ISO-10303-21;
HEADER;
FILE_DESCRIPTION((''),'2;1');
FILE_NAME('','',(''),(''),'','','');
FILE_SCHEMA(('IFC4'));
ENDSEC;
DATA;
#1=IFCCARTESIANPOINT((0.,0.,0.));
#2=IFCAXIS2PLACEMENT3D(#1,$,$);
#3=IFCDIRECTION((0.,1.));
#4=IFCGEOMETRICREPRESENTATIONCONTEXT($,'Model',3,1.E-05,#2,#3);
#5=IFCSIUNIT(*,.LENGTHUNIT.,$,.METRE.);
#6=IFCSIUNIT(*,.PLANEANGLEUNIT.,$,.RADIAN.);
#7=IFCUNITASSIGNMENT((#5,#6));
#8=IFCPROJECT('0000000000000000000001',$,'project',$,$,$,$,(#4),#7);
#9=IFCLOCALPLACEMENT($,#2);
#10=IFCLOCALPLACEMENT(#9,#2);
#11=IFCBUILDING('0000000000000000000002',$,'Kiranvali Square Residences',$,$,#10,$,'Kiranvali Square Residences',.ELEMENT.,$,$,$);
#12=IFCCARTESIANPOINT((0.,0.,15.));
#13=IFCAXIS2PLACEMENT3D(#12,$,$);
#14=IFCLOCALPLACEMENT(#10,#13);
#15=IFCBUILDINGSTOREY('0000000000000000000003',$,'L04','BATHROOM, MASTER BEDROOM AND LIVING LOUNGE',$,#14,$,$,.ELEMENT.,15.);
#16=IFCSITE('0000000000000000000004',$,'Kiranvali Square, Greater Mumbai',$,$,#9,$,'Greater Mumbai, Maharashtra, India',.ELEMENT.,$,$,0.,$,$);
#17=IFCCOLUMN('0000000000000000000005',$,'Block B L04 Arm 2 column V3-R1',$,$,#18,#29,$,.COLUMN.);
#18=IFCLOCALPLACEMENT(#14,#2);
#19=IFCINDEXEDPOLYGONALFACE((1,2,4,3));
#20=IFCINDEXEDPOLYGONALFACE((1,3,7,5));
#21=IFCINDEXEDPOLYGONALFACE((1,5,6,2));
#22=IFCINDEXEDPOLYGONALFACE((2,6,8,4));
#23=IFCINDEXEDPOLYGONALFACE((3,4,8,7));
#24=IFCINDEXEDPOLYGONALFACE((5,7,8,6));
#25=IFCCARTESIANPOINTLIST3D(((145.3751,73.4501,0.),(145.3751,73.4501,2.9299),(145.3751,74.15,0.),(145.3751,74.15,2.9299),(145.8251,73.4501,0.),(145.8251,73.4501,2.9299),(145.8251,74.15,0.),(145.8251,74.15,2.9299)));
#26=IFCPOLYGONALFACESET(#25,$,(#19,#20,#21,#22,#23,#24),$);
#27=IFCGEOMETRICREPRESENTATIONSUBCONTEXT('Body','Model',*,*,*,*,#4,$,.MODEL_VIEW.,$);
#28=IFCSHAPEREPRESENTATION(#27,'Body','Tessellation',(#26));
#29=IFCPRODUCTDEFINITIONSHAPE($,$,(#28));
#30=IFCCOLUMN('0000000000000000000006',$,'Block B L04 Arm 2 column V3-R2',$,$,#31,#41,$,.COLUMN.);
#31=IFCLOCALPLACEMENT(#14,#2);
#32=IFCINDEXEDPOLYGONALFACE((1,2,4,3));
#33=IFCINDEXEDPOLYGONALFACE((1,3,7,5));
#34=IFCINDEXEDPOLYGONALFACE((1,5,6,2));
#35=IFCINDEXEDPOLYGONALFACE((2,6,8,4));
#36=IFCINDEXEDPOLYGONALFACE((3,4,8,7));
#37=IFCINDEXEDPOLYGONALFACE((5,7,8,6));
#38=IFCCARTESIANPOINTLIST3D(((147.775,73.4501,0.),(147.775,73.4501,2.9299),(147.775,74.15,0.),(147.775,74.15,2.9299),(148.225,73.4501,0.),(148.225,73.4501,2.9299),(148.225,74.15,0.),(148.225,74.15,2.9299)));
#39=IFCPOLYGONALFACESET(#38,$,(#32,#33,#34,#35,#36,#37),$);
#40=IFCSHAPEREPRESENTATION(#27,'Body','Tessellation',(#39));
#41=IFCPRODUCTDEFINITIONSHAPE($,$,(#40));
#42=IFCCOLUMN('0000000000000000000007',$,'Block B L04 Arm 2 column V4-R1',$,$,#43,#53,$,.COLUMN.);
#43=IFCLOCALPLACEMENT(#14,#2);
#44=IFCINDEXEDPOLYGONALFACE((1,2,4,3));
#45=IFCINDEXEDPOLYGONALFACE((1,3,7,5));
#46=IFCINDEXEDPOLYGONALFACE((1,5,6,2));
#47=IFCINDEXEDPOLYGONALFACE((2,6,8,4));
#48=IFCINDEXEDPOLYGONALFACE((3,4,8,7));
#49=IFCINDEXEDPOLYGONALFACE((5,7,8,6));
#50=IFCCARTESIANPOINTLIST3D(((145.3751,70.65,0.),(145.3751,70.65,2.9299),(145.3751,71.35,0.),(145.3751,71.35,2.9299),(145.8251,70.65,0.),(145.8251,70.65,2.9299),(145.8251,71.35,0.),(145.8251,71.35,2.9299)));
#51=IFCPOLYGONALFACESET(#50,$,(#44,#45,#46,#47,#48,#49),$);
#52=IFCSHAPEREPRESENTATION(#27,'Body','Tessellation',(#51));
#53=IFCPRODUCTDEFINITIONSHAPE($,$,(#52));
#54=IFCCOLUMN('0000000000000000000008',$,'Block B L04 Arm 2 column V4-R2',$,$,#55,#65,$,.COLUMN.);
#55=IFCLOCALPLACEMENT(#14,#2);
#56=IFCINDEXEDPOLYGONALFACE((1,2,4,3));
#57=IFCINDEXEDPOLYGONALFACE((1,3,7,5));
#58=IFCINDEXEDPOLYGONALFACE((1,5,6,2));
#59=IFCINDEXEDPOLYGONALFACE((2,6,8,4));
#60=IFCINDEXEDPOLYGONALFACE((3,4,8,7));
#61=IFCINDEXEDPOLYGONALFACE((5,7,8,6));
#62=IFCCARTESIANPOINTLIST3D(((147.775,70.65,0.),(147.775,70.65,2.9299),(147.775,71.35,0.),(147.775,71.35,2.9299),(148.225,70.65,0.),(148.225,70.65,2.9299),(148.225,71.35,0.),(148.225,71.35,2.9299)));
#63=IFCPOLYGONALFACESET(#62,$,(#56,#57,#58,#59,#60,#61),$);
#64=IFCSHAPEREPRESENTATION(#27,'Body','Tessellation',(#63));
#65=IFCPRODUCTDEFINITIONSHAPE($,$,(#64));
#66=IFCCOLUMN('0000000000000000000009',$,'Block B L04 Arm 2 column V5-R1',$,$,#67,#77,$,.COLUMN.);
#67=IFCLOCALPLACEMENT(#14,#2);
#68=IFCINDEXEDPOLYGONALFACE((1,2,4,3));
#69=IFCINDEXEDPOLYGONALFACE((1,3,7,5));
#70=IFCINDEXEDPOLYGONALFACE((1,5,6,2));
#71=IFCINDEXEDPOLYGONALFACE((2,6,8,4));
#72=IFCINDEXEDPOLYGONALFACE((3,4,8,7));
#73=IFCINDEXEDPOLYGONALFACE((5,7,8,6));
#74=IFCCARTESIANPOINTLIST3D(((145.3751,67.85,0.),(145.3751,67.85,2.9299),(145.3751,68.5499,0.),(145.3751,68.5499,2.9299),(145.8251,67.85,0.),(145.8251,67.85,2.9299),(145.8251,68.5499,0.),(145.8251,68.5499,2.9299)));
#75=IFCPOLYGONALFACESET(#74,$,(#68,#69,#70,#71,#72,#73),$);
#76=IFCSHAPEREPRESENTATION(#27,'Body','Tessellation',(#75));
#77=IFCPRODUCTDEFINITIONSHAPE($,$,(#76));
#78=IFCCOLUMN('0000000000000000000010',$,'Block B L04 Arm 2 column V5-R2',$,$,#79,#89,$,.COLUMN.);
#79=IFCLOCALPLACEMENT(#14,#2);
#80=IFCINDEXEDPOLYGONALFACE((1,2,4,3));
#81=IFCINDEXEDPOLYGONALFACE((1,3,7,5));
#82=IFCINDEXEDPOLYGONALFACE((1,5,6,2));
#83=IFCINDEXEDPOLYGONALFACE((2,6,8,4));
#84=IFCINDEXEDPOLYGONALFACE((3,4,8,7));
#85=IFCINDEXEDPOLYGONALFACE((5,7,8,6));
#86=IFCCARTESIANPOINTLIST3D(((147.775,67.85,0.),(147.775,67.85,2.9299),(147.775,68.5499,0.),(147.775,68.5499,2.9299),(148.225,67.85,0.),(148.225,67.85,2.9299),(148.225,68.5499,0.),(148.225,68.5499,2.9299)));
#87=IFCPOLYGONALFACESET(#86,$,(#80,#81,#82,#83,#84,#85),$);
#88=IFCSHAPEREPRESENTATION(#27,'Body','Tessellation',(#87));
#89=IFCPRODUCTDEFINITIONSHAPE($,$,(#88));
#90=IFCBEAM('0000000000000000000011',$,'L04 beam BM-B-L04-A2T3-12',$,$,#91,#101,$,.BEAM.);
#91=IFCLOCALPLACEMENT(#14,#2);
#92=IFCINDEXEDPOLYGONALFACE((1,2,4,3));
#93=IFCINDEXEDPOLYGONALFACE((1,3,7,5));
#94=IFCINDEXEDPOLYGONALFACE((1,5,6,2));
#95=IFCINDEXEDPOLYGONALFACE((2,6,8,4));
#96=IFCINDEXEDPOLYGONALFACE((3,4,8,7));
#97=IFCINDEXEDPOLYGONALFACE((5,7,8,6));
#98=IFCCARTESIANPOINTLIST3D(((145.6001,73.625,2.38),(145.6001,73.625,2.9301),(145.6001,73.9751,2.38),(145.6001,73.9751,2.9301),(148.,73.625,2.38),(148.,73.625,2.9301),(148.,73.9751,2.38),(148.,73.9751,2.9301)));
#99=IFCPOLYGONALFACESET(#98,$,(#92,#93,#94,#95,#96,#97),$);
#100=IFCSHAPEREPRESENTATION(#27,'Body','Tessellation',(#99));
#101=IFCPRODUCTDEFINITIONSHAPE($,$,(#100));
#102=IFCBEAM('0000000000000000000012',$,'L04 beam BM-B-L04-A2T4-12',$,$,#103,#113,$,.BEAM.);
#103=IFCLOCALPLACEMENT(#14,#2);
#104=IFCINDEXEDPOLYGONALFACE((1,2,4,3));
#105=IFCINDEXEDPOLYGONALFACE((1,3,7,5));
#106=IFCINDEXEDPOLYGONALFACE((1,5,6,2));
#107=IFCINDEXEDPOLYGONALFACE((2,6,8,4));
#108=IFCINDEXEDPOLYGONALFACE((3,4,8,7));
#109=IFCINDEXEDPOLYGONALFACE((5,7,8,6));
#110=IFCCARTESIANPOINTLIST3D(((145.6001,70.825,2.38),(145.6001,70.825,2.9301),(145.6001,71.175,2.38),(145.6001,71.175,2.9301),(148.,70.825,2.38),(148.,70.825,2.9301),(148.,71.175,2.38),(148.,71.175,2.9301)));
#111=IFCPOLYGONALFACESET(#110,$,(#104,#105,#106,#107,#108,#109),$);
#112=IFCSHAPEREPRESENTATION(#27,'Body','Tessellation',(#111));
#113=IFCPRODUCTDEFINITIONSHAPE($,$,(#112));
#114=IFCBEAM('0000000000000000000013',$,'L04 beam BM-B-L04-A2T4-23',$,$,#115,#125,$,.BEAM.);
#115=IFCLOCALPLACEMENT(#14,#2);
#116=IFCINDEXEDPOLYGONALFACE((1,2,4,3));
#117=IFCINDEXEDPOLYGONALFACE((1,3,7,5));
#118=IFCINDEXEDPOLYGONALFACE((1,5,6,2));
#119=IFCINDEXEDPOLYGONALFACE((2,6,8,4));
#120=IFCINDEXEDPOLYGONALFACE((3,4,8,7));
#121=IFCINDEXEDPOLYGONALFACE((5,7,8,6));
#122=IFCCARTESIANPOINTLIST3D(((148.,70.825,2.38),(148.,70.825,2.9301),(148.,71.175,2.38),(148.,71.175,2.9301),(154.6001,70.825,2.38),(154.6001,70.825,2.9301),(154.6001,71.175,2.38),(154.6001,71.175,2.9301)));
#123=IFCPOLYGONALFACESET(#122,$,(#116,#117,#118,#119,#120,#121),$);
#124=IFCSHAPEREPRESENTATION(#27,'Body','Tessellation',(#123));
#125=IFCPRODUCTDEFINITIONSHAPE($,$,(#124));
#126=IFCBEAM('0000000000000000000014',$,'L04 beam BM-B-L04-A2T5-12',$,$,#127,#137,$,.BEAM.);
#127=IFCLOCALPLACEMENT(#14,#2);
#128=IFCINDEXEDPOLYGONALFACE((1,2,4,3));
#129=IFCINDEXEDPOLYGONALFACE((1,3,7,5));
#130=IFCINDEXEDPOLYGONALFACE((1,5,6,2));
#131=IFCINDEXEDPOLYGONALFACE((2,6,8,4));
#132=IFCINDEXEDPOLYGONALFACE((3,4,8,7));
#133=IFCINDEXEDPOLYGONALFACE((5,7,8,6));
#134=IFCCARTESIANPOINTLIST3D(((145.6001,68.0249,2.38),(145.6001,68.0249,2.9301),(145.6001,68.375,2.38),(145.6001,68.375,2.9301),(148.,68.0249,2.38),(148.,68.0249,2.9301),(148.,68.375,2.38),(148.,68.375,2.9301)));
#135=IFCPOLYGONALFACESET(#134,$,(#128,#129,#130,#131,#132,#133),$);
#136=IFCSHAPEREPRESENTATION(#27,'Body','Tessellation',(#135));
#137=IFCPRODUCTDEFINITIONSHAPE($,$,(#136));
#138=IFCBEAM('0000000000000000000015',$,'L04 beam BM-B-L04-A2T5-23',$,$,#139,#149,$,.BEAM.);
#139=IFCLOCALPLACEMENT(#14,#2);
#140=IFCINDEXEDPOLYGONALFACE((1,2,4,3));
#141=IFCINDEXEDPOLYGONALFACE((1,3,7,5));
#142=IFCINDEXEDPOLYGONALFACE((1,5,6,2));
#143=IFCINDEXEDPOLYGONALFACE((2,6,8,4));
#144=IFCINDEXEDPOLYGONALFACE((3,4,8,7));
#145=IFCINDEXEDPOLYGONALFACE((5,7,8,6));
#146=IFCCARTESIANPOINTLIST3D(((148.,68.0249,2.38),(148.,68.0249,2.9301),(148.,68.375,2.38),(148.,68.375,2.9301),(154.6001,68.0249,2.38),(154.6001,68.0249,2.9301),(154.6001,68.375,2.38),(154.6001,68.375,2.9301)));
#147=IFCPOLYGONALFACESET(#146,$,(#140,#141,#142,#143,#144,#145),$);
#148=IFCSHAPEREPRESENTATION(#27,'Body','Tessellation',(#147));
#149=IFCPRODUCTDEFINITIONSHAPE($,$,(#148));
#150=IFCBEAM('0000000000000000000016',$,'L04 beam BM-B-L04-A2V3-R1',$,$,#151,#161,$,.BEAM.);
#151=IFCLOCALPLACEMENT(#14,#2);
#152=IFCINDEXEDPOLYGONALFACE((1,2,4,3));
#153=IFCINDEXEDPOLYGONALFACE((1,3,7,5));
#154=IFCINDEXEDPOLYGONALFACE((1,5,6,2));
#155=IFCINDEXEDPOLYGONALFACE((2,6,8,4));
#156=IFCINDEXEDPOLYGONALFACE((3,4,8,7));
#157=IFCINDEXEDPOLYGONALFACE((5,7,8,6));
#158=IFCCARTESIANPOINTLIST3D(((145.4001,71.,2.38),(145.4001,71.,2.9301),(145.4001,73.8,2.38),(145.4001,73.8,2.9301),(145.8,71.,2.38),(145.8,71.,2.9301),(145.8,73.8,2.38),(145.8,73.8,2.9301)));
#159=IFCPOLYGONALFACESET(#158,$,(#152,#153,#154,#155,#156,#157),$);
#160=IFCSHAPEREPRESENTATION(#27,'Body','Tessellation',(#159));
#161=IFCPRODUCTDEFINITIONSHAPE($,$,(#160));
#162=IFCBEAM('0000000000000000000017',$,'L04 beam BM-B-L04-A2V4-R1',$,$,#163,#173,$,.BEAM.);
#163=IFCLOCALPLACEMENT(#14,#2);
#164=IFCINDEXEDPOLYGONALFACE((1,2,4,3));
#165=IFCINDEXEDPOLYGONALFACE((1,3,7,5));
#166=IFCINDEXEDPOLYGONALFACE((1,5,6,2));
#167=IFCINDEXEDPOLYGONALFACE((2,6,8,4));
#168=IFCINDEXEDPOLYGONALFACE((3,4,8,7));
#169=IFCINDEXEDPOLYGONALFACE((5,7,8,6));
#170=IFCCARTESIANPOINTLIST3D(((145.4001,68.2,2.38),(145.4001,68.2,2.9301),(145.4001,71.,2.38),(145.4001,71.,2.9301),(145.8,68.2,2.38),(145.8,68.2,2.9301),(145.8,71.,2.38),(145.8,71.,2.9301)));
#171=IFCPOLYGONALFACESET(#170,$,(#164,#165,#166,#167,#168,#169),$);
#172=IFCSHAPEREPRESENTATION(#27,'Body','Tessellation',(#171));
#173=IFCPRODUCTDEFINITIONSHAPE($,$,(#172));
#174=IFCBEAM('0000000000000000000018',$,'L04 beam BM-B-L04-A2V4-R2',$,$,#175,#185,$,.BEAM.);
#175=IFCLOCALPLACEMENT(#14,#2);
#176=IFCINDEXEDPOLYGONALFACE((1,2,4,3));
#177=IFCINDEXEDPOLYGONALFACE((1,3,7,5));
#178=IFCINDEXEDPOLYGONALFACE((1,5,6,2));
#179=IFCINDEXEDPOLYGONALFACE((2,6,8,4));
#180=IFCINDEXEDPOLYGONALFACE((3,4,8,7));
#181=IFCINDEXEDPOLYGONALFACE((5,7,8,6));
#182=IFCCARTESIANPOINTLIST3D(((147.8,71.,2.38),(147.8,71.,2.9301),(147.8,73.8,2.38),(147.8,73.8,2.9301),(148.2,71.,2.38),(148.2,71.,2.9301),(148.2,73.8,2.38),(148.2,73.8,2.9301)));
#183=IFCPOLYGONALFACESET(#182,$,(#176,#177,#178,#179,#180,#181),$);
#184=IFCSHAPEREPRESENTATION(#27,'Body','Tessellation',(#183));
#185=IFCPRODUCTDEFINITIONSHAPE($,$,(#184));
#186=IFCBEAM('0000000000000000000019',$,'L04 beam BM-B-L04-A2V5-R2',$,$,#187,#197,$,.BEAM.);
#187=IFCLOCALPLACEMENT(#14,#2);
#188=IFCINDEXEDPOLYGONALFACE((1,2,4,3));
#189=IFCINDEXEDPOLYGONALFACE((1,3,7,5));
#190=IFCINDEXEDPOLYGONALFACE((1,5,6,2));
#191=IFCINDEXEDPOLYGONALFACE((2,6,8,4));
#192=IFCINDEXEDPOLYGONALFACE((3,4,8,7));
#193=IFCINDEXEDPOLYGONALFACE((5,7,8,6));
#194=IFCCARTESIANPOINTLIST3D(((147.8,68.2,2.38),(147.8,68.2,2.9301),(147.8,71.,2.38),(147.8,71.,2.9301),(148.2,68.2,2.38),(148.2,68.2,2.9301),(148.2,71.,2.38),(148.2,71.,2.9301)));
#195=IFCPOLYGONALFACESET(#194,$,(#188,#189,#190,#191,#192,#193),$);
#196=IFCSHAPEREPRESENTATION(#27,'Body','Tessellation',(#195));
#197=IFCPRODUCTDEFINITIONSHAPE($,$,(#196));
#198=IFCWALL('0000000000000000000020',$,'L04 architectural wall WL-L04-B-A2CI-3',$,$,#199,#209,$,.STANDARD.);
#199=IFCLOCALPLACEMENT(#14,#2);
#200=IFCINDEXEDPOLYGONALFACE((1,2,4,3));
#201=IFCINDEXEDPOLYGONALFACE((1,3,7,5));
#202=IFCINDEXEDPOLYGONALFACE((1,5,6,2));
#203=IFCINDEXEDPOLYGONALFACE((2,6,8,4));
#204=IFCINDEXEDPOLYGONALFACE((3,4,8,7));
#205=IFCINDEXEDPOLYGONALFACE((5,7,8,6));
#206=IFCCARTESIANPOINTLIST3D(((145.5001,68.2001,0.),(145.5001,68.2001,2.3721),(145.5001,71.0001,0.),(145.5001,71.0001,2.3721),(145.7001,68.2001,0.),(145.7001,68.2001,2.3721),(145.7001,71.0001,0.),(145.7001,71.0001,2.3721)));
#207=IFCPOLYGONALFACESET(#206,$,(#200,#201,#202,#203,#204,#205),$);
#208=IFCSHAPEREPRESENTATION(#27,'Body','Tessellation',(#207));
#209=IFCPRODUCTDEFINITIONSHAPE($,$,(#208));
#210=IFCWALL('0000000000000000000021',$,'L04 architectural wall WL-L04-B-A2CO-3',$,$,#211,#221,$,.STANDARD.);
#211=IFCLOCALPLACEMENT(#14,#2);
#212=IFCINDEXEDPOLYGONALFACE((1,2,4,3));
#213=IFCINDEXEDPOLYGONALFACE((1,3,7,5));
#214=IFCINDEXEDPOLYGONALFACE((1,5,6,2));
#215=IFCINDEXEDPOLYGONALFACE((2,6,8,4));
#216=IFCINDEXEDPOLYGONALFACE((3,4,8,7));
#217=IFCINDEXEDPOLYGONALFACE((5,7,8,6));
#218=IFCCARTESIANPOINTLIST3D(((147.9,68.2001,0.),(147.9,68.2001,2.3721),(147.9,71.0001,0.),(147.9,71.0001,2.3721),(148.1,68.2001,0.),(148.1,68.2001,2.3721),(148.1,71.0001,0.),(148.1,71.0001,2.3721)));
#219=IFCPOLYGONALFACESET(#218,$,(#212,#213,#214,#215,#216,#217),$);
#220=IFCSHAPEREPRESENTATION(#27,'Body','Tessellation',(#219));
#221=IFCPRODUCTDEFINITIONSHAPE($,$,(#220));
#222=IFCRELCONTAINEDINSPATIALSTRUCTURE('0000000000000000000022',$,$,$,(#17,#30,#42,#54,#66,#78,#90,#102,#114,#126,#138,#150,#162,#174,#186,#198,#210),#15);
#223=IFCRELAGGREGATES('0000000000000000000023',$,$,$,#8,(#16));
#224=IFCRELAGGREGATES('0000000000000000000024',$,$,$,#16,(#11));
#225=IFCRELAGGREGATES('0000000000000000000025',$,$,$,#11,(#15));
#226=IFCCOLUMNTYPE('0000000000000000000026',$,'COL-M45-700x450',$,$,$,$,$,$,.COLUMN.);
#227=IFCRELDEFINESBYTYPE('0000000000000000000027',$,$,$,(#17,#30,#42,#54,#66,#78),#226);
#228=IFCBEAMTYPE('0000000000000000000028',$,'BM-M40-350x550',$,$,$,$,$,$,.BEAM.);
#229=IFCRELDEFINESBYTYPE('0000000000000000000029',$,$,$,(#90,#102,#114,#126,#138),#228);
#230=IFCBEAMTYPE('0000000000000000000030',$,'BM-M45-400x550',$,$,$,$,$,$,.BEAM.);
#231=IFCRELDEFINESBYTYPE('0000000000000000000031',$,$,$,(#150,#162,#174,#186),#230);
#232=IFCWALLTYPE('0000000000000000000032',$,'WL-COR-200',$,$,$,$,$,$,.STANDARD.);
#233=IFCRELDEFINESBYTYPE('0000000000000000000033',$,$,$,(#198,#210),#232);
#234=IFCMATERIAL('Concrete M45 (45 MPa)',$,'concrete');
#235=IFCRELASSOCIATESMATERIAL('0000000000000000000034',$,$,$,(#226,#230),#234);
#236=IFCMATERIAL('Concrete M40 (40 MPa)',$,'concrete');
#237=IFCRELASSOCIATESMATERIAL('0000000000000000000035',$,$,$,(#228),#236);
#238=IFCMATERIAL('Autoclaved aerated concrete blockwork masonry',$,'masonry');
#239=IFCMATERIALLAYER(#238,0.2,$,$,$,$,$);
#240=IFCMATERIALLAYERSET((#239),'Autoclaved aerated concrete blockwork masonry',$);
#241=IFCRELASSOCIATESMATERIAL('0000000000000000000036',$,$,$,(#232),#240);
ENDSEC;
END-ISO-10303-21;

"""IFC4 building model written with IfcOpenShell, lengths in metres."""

from ifc_helpers import new_model, si_unit, direction, frame, frame_2d, origin, origin_2d, place, context, subcontext, project, spatial, rectangle, extrude, material, layer, layer_set, material_profile, profile_set, type_object, element, save


model = new_model("IFC4")

# Units and contexts
model_context = context("Model", 3, precision=1e-05, world=origin(), true_north=direction((0.0, 1.0)))
body_context = subcontext(model_context, "Body", "Model", "MODEL_VIEW")
ifc_project = project(units=[si_unit("LENGTHUNIT", "METRE"), si_unit("PLANEANGLEUNIT", "RADIAN")], contexts=[model_context])

# Site, building, storey
site_placement = place(None, origin())
site = spatial("IfcSite", under=ifc_project, at=site_placement, Name="Kiranvali Square, Greater Mumbai", LongName="Greater Mumbai, Maharashtra, India", CompositionType="ELEMENT", RefElevation=0.0)
building_placement = place(site_placement, origin())
building = spatial("IfcBuilding", under=site, at=building_placement, Name="Kiranvali Square Residences", LongName="Kiranvali Square Residences", CompositionType="ELEMENT")
storey_placement = place(building_placement, frame((0.0, 0.0, 15.0)))
storey = spatial("IfcBuildingStorey", under=building, at=storey_placement, Name="L04", Description="BATHROOM, MASTER BEDROOM AND LIVING LOUNGE", CompositionType="ELEMENT", Elevation=15.0)

# Columns
ifc_material_1 = material(Name="Concrete M45 (45 MPa)", Category="concrete")
ifc_material_profile_1 = material_profile(ifc_material_1, rectangle(XDim=0.45, YDim=0.7, at=origin_2d()), Name="RC 700x450")
ifc_profile_set_1 = profile_set([ifc_material_profile_1], Name="Concrete M45 (45 MPa)")
column_type = type_object("IfcColumnType", Name="COL-M45-700x450", PredefinedType="COLUMN", material=ifc_profile_set_1)
for number, where, z_axis, x_axis, name in (
    (1, (145.6001, 73.8, 0.0), (0.0, 0.0, 1.0), (1.0, 0.0, 0.0), "Block B L04 Arm 2 column V3-R1"),
    (2, (148.0, 73.8, 0.0), (0.0, 0.0, 1.0), (1.0, 0.0, 0.0), "Block B L04 Arm 2 column V3-R2"),
    (3, (145.6001, 71.0, 0.0), (0.0, 0.0, 1.0), (1.0, 0.0, 0.0), "Block B L04 Arm 2 column V4-R1"),
    (4, (148.0, 71.0, 0.0), (0.0, 0.0, 1.0), (1.0, 0.0, 0.0), "Block B L04 Arm 2 column V4-R2"),
    (5, (145.6001, 68.2, 0.0), (0.0, 0.0, 1.0), (1.0, 0.0, 0.0), "Block B L04 Arm 2 column V5-R1"),
    (6, (148.0, 68.2, 0.0), (0.0, 0.0, 1.0), (1.0, 0.0, 0.0), "Block B L04 Arm 2 column V5-R2"),
):
    element("IfcColumn", number, at=place(storey_placement, frame(where, z_axis=z_axis, x_axis=x_axis)), inside=storey, type_object=column_type, Name=name, PredefinedType="COLUMN", context=body_context, shape_type="SweptSolid", body=[
        extrude(rectangle(XDim=0.45, YDim=0.7, at=origin_2d()), origin(), (0.0, 0.0, 1.0), 2.9299),
    ])

# Beams
ifc_material_2 = material(Name="Concrete M40 (40 MPa)", Category="concrete")
ifc_material_profile_2 = material_profile(ifc_material_2, rectangle(XDim=0.3501, YDim=0.55, at=origin_2d()), Name="RC 350x550")
ifc_profile_set_2 = profile_set([ifc_material_profile_2], Name="Concrete M40 (40 MPa)")
beam_type_1 = type_object("IfcBeamType", Name="BM-M40-350x550", PredefinedType="BEAM", material=ifc_profile_set_2)
for number, where, z_axis, x_axis, name in (
    (7, (145.6001, 73.8, 2.655), (1.0, 0.0, 0.0), (0.0, 1.0, 0.0), "L04 beam BM-B-L04-A2T3-12"),
    (8, (145.6001, 71.0, 2.655), (1.0, 0.0, 0.0), (0.0, 1.0, 0.0), "L04 beam BM-B-L04-A2T4-12"),
):
    element("IfcBeam", number, at=place(storey_placement, frame(where, z_axis=z_axis, x_axis=x_axis)), inside=storey, type_object=beam_type_1, Name=name, PredefinedType="BEAM", context=body_context, shape_type="SweptSolid", body=[
        extrude(rectangle(XDim=0.3501, YDim=0.55, at=origin_2d()), origin(), (0.0, 0.0, 1.0), 2.3999),
    ])
beam_1_placement = place(storey_placement, frame((148.0, 71.0, 2.655), z_axis=(1.0, 0.0, 0.0), x_axis=(0.0, 1.0, 0.0)))
element("IfcBeam", 9, at=beam_1_placement, inside=storey, type_object=beam_type_1, Name="L04 beam BM-B-L04-A2T4-23", PredefinedType="BEAM", context=body_context, shape_type="SweptSolid", body=[
    extrude(rectangle(XDim=0.3501, YDim=0.55, at=origin_2d()), origin(), (0.0, 0.0, 1.0), 6.6001),
])
beam_2_placement = place(storey_placement, frame((145.6001, 68.2, 2.655), z_axis=(1.0, 0.0, 0.0), x_axis=(0.0, 1.0, 0.0)))
element("IfcBeam", 10, at=beam_2_placement, inside=storey, type_object=beam_type_1, Name="L04 beam BM-B-L04-A2T5-12", PredefinedType="BEAM", context=body_context, shape_type="SweptSolid", body=[
    extrude(rectangle(XDim=0.3501, YDim=0.55, at=origin_2d()), origin(), (0.0, 0.0, 1.0), 2.3999),
])
beam_3_placement = place(storey_placement, frame((148.0, 68.2, 2.655), z_axis=(1.0, 0.0, 0.0), x_axis=(0.0, 1.0, 0.0)))
element("IfcBeam", 11, at=beam_3_placement, inside=storey, type_object=beam_type_1, Name="L04 beam BM-B-L04-A2T5-23", PredefinedType="BEAM", context=body_context, shape_type="SweptSolid", body=[
    extrude(rectangle(XDim=0.3501, YDim=0.55, at=origin_2d()), origin(), (0.0, 0.0, 1.0), 6.6001),
])
ifc_material_profile_3 = material_profile(ifc_material_1, rectangle(XDim=0.3999, YDim=0.55, at=origin_2d()), Name="RC 400x550")
ifc_profile_set_3 = profile_set([ifc_material_profile_3], Name="Concrete M45 (45 MPa)")
beam_type_2 = type_object("IfcBeamType", Name="BM-M45-400x550", PredefinedType="BEAM", material=ifc_profile_set_3)
for number, where, z_axis, x_axis, name in (
    (12, (145.6001, 73.8, 2.655), (0.0, -1.0, 0.0), (1.0, 0.0, 0.0), "L04 beam BM-B-L04-A2V3-R1"),
    (13, (145.6001, 71.0, 2.655), (0.0, -1.0, 0.0), (1.0, 0.0, 0.0), "L04 beam BM-B-L04-A2V4-R1"),
    (14, (148.0, 73.8, 2.655), (0.0, -1.0, 0.0), (1.0, 0.0, 0.0), "L04 beam BM-B-L04-A2V4-R2"),
    (15, (148.0, 71.0, 2.655), (0.0, -1.0, 0.0), (1.0, 0.0, 0.0), "L04 beam BM-B-L04-A2V5-R2"),
):
    element("IfcBeam", number, at=place(storey_placement, frame(where, z_axis=z_axis, x_axis=x_axis)), inside=storey, type_object=beam_type_2, Name=name, PredefinedType="BEAM", context=body_context, shape_type="SweptSolid", body=[
        extrude(rectangle(XDim=0.3999, YDim=0.55, at=origin_2d()), origin(), (0.0, 0.0, 1.0), 2.8),
    ])

# Shared definitions
ifc_material_3 = material(Name="Autoclaved aerated concrete blockwork masonry", Category="masonry")
ifc_layer_1 = layer(ifc_material_3, 0.2)
ifc_layer_set_1 = layer_set([ifc_layer_1], Name="Autoclaved aerated concrete blockwork masonry")
wall_type_1 = type_object("IfcWallType", Name="WL-COR-200", PredefinedType="STANDARD", material=ifc_layer_set_1)

# Walls
for number, where, z_axis, x_axis, name in (
    (16, (145.6001, 71.0, 0.0), (0.0, 0.0, 1.0), (0.0, -1.0, 0.0), "L04 architectural wall WL-L04-B-A2CI-3"),
    (17, (148.0, 71.0, 0.0), (0.0, 0.0, 1.0), (0.0, -1.0, 0.0), "L04 architectural wall WL-L04-B-A2CO-3"),
):
    element("IfcWall", number, at=place(storey_placement, frame(where, z_axis=z_axis, x_axis=x_axis)), inside=storey, type_object=wall_type_1, Name=name, PredefinedType="STANDARD", context=body_context, shape_type="SweptSolid", body=[
        extrude(rectangle(XDim=2.8, YDim=0.2, at=frame_2d((1.3999, 0.0))), origin(), (0.0, 0.0, 1.0), 2.3721),
    ])

save(model, "model.ifc")
